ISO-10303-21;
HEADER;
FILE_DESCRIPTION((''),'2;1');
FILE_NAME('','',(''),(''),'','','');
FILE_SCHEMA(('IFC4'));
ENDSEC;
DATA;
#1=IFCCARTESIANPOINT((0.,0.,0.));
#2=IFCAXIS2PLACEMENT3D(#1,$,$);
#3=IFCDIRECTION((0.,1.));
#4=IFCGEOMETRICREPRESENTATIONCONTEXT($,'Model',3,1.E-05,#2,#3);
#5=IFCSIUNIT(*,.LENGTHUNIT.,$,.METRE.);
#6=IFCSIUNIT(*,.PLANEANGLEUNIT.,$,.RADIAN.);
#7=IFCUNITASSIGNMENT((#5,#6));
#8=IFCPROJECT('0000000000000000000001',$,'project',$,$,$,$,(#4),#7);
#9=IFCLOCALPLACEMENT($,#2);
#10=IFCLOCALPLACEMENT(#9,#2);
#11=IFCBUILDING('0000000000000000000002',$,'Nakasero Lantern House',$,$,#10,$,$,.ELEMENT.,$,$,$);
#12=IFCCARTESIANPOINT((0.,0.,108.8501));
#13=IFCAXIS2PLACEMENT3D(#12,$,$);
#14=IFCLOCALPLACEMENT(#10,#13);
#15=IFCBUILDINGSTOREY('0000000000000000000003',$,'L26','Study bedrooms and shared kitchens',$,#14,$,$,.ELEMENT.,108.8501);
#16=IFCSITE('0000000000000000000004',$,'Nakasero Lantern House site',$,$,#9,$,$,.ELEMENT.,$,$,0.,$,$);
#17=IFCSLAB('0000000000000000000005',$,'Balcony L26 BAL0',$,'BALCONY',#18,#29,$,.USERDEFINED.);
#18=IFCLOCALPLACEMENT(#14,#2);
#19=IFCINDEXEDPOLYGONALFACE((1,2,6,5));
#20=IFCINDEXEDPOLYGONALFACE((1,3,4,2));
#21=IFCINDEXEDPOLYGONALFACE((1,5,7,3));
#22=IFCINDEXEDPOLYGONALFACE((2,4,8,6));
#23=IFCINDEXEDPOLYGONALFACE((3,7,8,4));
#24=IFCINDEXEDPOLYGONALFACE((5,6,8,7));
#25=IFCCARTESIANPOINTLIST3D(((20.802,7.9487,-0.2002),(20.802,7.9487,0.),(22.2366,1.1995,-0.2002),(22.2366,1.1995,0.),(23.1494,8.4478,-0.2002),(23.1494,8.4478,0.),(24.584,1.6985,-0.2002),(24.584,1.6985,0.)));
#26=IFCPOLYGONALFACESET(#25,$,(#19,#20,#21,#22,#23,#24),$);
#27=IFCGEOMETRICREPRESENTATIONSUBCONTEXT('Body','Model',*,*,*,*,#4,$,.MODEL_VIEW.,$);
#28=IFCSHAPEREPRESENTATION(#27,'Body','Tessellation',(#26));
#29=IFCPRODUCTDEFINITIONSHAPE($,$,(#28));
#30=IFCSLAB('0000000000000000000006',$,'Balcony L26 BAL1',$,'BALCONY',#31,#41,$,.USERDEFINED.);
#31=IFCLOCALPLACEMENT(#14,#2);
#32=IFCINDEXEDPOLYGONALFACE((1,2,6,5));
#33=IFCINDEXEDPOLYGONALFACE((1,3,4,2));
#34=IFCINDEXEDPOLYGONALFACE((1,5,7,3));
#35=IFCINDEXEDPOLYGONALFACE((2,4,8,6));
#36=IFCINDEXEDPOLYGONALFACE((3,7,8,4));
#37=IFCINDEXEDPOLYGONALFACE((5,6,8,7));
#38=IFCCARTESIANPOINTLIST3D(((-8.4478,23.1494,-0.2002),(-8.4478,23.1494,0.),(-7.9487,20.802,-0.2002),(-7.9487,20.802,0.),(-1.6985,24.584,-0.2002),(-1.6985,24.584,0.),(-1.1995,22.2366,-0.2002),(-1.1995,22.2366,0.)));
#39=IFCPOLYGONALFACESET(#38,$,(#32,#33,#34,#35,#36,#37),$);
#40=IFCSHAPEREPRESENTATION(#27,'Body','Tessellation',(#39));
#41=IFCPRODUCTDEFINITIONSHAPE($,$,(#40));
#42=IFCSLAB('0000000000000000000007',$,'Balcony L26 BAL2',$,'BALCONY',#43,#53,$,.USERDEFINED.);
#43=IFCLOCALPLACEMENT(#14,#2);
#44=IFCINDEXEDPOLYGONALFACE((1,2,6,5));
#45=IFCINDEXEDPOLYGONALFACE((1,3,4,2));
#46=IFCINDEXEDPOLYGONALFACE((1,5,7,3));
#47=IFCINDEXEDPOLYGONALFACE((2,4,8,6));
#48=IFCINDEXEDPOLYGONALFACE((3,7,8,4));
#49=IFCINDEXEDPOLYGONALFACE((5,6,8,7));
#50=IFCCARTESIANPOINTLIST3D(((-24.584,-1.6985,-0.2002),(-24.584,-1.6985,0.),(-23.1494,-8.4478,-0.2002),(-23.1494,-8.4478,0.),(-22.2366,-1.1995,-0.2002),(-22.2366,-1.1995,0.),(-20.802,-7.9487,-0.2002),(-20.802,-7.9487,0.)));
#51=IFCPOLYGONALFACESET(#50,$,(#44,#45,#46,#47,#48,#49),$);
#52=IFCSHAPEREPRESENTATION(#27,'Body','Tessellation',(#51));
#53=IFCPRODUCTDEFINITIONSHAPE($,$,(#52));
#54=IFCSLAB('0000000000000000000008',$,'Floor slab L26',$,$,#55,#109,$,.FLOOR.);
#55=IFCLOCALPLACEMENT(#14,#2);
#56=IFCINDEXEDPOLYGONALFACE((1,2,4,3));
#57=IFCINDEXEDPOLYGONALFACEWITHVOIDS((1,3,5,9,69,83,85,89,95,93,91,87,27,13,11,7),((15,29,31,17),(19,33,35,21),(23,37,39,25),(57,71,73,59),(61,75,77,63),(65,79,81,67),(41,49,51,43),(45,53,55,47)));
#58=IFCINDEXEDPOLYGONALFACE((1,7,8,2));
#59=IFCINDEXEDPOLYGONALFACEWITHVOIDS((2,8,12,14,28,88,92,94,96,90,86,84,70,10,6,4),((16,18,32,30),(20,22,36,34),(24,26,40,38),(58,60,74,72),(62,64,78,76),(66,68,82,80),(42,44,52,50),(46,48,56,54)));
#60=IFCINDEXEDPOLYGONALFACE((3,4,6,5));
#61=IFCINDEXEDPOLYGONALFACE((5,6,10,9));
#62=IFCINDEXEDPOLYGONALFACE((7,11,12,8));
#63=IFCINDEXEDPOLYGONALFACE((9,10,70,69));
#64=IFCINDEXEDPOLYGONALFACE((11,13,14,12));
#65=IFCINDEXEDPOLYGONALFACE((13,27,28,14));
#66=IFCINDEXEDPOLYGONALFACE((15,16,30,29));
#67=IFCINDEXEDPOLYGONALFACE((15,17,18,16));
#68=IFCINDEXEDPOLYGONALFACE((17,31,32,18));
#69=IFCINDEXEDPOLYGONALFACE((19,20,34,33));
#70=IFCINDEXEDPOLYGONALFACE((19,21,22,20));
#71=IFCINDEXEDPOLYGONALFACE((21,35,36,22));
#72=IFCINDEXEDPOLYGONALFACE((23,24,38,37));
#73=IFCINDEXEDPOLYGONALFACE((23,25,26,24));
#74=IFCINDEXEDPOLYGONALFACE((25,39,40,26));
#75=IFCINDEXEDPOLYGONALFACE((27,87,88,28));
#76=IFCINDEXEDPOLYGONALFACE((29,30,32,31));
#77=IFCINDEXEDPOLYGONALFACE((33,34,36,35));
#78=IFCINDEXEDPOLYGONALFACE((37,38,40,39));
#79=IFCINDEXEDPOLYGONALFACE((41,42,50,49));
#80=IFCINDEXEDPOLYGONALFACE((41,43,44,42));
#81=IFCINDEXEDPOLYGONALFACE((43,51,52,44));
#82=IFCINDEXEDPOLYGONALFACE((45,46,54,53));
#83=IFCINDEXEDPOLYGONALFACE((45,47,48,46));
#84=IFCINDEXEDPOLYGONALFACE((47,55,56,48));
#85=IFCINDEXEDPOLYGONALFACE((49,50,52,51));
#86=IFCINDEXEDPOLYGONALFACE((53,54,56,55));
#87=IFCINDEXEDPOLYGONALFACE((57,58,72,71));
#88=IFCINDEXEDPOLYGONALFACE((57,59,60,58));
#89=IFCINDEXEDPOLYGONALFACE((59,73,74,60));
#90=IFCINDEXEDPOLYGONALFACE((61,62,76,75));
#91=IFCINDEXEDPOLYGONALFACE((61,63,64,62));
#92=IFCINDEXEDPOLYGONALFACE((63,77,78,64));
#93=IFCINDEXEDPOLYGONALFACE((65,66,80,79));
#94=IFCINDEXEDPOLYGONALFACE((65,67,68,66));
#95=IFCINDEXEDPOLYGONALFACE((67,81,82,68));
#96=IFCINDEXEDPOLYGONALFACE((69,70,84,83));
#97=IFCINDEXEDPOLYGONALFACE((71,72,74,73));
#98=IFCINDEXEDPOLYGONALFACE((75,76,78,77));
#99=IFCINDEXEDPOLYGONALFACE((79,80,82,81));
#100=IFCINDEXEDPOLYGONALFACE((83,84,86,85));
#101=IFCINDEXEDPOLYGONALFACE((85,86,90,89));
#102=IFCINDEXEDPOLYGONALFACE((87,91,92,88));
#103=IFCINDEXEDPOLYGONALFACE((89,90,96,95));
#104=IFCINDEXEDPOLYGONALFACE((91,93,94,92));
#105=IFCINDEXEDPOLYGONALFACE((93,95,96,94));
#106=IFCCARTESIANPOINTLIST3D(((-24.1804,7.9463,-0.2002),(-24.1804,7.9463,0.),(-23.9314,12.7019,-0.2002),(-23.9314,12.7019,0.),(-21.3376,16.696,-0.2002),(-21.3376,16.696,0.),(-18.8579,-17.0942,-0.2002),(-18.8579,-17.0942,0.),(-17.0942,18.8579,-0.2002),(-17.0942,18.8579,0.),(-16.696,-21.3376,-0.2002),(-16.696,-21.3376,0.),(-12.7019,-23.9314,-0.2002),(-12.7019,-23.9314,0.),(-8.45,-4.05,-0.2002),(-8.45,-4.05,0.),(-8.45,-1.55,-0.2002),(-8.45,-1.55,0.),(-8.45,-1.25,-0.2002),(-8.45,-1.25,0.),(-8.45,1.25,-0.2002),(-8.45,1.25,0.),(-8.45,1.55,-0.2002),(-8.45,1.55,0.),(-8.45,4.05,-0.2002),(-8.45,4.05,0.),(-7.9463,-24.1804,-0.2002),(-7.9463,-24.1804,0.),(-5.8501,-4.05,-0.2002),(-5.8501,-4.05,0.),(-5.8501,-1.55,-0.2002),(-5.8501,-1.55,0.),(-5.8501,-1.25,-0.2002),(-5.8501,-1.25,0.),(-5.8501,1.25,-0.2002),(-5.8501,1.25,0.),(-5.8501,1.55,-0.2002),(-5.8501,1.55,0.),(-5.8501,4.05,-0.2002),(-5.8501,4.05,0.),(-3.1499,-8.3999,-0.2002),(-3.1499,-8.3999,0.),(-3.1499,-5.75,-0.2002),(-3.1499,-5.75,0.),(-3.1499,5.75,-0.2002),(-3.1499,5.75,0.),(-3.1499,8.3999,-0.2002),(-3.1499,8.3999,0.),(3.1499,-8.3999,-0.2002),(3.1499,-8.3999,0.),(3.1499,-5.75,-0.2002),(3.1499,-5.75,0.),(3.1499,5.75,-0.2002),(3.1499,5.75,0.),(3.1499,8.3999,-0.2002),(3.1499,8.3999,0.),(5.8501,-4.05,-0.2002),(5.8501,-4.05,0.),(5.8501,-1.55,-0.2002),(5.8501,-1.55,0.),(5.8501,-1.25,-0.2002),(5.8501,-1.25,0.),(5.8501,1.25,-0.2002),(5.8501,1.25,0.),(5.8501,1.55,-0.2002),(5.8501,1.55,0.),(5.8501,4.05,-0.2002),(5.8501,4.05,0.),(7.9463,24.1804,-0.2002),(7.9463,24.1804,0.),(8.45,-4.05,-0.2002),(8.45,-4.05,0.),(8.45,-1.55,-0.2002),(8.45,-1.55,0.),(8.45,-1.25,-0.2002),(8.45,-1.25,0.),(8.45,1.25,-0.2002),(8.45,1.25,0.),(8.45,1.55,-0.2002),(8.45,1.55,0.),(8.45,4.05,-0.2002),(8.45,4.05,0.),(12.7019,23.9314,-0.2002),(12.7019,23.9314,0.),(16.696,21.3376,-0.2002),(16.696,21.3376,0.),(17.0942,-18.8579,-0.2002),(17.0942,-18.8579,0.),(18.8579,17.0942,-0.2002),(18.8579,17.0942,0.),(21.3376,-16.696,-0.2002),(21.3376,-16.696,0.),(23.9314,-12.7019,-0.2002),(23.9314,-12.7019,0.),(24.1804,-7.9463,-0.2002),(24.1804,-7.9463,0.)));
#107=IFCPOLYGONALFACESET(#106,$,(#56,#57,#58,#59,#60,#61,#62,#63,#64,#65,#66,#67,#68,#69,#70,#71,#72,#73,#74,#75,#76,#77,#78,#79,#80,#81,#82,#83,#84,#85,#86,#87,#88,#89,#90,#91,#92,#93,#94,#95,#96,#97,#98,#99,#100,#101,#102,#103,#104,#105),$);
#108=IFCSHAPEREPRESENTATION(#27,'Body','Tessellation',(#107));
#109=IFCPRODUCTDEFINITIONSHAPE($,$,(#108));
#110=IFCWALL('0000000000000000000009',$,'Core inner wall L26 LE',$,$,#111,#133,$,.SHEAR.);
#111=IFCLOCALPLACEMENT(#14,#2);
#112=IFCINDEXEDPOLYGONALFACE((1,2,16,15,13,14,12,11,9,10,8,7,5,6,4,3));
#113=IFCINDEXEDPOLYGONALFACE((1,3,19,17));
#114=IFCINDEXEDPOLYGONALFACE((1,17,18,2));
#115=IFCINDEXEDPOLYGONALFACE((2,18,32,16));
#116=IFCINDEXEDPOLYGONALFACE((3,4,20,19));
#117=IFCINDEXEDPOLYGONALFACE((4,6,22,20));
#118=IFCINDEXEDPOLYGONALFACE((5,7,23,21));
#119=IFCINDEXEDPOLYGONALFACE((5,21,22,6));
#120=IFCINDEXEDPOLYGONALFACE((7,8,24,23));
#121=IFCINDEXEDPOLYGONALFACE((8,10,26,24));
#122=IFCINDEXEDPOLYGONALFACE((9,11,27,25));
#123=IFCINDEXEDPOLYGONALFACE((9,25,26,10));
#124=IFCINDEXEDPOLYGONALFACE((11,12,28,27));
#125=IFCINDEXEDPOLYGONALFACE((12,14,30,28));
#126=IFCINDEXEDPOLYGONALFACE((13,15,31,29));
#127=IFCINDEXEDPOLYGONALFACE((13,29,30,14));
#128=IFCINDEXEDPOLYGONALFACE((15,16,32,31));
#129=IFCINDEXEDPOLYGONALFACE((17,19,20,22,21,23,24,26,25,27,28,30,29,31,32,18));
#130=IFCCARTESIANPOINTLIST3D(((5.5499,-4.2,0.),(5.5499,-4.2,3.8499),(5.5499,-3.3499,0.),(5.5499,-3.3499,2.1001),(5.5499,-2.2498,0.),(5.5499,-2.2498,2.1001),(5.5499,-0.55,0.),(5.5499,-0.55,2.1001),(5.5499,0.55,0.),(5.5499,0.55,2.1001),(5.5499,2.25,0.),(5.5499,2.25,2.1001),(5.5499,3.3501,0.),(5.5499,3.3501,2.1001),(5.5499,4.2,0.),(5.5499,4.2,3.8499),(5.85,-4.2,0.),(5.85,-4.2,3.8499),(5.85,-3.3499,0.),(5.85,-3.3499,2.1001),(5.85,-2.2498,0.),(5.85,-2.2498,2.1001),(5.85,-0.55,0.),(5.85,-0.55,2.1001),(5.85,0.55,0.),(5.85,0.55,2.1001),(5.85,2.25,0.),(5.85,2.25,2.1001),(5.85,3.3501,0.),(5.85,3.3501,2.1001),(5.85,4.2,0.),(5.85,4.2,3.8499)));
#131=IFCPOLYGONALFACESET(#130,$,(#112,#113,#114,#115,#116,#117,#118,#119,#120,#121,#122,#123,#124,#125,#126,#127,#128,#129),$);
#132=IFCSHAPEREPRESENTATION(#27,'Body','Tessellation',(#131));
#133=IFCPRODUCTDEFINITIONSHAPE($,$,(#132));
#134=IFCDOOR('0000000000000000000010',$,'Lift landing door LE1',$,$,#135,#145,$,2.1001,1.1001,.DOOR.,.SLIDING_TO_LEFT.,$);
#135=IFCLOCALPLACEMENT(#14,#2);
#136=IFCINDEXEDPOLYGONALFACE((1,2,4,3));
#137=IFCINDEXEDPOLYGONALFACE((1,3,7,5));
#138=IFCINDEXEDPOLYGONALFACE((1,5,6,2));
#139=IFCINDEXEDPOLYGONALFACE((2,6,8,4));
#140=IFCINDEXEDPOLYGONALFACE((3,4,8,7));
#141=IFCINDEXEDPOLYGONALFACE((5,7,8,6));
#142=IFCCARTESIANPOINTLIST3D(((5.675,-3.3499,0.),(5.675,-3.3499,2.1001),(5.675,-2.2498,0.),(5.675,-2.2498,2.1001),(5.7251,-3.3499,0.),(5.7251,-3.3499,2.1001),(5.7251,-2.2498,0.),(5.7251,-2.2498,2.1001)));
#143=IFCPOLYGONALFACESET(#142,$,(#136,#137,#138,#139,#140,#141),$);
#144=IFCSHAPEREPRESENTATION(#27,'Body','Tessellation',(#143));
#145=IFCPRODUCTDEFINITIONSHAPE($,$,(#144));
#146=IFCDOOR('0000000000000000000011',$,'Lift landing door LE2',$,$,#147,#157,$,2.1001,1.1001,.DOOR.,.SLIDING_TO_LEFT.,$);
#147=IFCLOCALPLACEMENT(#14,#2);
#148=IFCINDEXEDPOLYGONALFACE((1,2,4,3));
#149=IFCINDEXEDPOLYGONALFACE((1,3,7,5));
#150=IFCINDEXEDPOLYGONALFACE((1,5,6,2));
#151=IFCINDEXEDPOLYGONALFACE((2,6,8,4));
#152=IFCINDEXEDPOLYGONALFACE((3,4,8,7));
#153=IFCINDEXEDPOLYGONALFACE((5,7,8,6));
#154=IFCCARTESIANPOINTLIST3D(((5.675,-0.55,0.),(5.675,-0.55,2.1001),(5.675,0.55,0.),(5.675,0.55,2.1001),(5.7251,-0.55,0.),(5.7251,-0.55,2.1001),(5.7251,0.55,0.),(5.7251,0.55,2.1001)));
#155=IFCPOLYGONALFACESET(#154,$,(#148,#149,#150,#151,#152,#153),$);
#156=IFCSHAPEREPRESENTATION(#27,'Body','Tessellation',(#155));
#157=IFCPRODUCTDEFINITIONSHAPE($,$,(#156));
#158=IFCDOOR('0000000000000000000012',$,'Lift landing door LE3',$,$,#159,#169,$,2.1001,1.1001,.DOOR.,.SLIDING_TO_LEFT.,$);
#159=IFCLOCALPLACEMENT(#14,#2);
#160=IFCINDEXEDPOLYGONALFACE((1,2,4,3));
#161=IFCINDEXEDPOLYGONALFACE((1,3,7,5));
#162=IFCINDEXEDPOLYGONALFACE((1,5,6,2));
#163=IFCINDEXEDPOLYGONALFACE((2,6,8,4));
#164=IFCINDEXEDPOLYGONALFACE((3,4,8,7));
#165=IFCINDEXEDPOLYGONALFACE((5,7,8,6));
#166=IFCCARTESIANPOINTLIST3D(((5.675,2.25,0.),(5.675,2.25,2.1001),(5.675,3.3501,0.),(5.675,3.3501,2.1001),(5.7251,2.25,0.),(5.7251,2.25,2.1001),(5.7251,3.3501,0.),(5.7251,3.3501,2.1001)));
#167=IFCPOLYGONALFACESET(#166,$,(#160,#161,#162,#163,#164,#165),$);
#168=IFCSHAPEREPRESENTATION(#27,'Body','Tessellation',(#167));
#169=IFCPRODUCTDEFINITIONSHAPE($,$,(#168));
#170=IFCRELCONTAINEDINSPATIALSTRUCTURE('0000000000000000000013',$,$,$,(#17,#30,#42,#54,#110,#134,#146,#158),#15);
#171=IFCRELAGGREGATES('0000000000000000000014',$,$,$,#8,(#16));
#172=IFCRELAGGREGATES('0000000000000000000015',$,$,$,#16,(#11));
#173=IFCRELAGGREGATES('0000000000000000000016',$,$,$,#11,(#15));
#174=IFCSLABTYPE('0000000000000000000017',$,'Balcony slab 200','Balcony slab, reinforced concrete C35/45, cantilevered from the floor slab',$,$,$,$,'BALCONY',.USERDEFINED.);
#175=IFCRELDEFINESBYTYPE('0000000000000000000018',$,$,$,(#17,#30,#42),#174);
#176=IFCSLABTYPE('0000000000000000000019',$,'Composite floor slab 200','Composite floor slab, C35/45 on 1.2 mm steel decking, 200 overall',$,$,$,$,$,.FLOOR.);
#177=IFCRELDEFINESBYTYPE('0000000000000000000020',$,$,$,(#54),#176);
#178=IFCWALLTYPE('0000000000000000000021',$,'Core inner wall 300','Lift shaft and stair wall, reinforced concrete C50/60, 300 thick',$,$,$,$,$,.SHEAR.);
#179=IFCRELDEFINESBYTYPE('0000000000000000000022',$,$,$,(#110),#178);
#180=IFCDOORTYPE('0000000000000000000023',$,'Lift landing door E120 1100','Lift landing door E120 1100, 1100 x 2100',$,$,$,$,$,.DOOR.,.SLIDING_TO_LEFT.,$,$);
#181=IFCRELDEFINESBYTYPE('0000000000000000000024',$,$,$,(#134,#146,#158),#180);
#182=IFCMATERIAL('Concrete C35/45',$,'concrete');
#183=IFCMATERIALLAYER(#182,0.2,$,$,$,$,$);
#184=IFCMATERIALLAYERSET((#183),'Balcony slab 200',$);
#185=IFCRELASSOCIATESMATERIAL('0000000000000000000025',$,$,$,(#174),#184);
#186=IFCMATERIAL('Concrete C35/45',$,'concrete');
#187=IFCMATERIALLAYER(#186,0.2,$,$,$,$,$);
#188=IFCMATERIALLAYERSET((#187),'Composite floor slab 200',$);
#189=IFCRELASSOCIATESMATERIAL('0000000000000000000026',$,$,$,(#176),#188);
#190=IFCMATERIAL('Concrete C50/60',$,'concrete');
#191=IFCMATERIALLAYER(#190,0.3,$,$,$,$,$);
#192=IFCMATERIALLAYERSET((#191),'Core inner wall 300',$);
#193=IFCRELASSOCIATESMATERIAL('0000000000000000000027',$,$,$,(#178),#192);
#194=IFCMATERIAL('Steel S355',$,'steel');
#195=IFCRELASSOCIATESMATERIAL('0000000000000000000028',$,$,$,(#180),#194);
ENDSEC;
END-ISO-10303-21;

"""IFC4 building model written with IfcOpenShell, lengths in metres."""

from ifc_helpers import new_model, si_unit, direction, frame, frame_2d, origin, place, context, subcontext, project, spatial, polyline, rectangle, outline, extrude, material, layer, layer_set, type_object, element, fill, save


model = new_model("IFC4")

# Units and contexts
model_context = context("Model", 3, precision=1e-05, world=origin(), true_north=direction((0.0, 1.0)))
body_context = subcontext(model_context, "Body", "Model", "MODEL_VIEW")
ifc_project = project(units=[si_unit("LENGTHUNIT", "METRE"), si_unit("PLANEANGLEUNIT", "RADIAN")], contexts=[model_context])

# Site, building, storey
site_placement = place(None, origin())
site = spatial("IfcSite", under=ifc_project, at=site_placement, Name="Nakasero Lantern House site", CompositionType="ELEMENT", RefElevation=0.0)
building_placement = place(site_placement, origin())
building = spatial("IfcBuilding", under=site, at=building_placement, Name="Nakasero Lantern House", CompositionType="ELEMENT")
storey_placement = place(building_placement, frame((0.0, 0.0, 108.8501)))
storey = spatial("IfcBuildingStorey", under=building, at=storey_placement, Name="L26", Description="Study bedrooms and shared kitchens", CompositionType="ELEMENT", Elevation=108.8501)

# Slabs
ifc_material_1 = material(Name="Concrete C35/45", Category="concrete")
ifc_layer_1 = layer(ifc_material_1, 0.2)
ifc_layer_set_1 = layer_set([ifc_layer_1], Name="Balcony slab 200")
slab_type_1 = type_object("IfcSlabType", Name="Balcony slab 200", Description="Balcony slab, reinforced concrete C35/45, cantilevered from the floor slab", ElementType="BALCONY", PredefinedType="USERDEFINED", material=ifc_layer_set_1)
slab_1_placement = place(storey_placement, frame((0.0, 0.0, -0.2002)))
element("IfcSlab", 1, at=slab_1_placement, inside=storey, type_object=slab_type_1, Name="Balcony L26 BAL0", ObjectType="BALCONY", PredefinedType="USERDEFINED", context=body_context, shape_type="SweptSolid", body=[
    extrude(outline(polyline([(22.2366, 1.1995), (24.584, 1.6985), (23.1494, 8.4478), (20.802, 7.9487), (22.2366, 1.1995)])), origin(), (0.0, 0.0, 1.0), 0.2002),
])
slab_2_placement = place(storey_placement, frame((0.0, 0.0, -0.2002)))
element("IfcSlab", 2, at=slab_2_placement, inside=storey, type_object=slab_type_1, Name="Balcony L26 BAL1", ObjectType="BALCONY", PredefinedType="USERDEFINED", context=body_context, shape_type="SweptSolid", body=[
    extrude(outline(polyline([(-1.1995, 22.2366), (-1.6985, 24.584), (-8.4478, 23.1494), (-7.9487, 20.802), (-1.1995, 22.2366)])), origin(), (0.0, 0.0, 1.0), 0.2002),
])
slab_3_placement = place(storey_placement, frame((0.0, 0.0, -0.2002)))
element("IfcSlab", 3, at=slab_3_placement, inside=storey, type_object=slab_type_1, Name="Balcony L26 BAL2", ObjectType="BALCONY", PredefinedType="USERDEFINED", context=body_context, shape_type="SweptSolid", body=[
    extrude(outline(polyline([(-22.2366, -1.1995), (-24.584, -1.6985), (-23.1494, -8.4478), (-20.802, -7.9487), (-22.2366, -1.1995)])), origin(), (0.0, 0.0, 1.0), 0.2002),
])
ifc_material_2 = material(Name="Concrete C35/45", Category="concrete")
ifc_layer_2 = layer(ifc_material_2, 0.2)
ifc_layer_set_2 = layer_set([ifc_layer_2], Name="Composite floor slab 200")
slab_type_2 = type_object("IfcSlabType", Name="Composite floor slab 200", Description="Composite floor slab, C35/45 on 1.2 mm steel decking, 200 overall", PredefinedType="FLOOR", material=ifc_layer_set_2)
slab_4_placement = place(storey_placement, frame((0.0, 0.0, -0.2002)))
element("IfcSlab", 4, at=slab_4_placement, inside=storey, type_object=slab_type_2, Name="Floor slab L26", PredefinedType="FLOOR", context=body_context, shape_type="SweptSolid", body=[
    extrude(outline(polyline([(18.8579, 17.0942), (16.696, 21.3376), (12.7019, 23.9314), (7.9463, 24.1804), (-17.0942, 18.8579), (-21.3376, 16.696), (-23.9314, 12.7019), (-24.1804, 7.9463), (-18.8579, -17.0942), (-16.696, -21.3376), (-12.7019, -23.9314), (-7.9463, -24.1804), (17.0942, -18.8579), (21.3376, -16.696), (23.9314, -12.7019), (24.1804, -7.9463), (18.8579, 17.0942)]), holes=[polyline([(-8.45, -4.05), (-5.8501, -4.05), (-5.8501, -1.55), (-8.45, -1.55), (-8.45, -4.05)]), polyline([(-8.45, -1.25), (-5.8501, -1.25), (-5.8501, 1.25), (-8.45, 1.25), (-8.45, -1.25)]), polyline([(-8.45, 1.55), (-5.8501, 1.55), (-5.8501, 4.05), (-8.45, 4.05), (-8.45, 1.55)]), polyline([(5.8501, -4.05), (8.45, -4.05), (8.45, -1.55), (5.8501, -1.55), (5.8501, -4.05)]), polyline([(5.8501, -1.25), (8.45, -1.25), (8.45, 1.25), (5.8501, 1.25), (5.8501, -1.25)]), polyline([(5.8501, 1.55), (8.45, 1.55), (8.45, 4.05), (5.8501, 4.05), (5.8501, 1.55)]), polyline([(-3.1499, 5.75), (3.1499, 5.75), (3.1499, 8.3999), (-3.1499, 8.3999), (-3.1499, 5.75)]), polyline([(-3.1499, -8.3999), (3.1499, -8.3999), (3.1499, -5.75), (-3.1499, -5.75), (-3.1499, -8.3999)])]), origin(), (0.0, 0.0, 1.0), 0.2002),
])

# Wall, openings, doors
ifc_material_3 = material(Name="Concrete C50/60", Category="concrete")
ifc_layer_3 = layer(ifc_material_3, 0.3)
ifc_layer_set_3 = layer_set([ifc_layer_3], Name="Core inner wall 300")
wall_type_1 = type_object("IfcWallType", Name="Core inner wall 300", Description="Lift shaft and stair wall, reinforced concrete C50/60, 300 thick", PredefinedType="SHEAR", material=ifc_layer_set_3)
wall_1_placement = place(storey_placement, frame((5.7, -4.2, 0.0), z_axis=(0.0, 0.0, 1.0), x_axis=(0.0, 1.0, 0.0)))
wall_1 = element("IfcWall", 5, at=wall_1_placement, inside=storey, type_object=wall_type_1, Name="Core inner wall L26 LE", PredefinedType="SHEAR", context=body_context, shape_type="SweptSolid", body=[
    extrude(rectangle(XDim=8.3999, YDim=0.3, at=frame_2d((4.2, 0.0))), origin(), (0.0, 0.0, 1.0), 3.8499),
])
opening_1_placement = place(wall_1_placement, frame((0.8501, 0.0, 0.0)))
opening_1 = element("IfcOpeningElement", 6, at=opening_1_placement, cuts=wall_1, PredefinedType="OPENING", context=body_context, shape_type="SweptSolid", body=[
    extrude(rectangle(XDim=1.1001, YDim=2.1001, at=frame_2d((0.55, 1.05))), frame((0.0, 0.1699, 0.0), z_axis=(0.0, -1.0, 0.0), x_axis=(1.0, 0.0, 0.0)), (0.0, 0.0, 1.0), 0.3401),
])
opening_2_placement = place(wall_1_placement, frame((3.6499, 0.0, 0.0)))
opening_2 = element("IfcOpeningElement", 7, at=opening_2_placement, cuts=wall_1, PredefinedType="OPENING", context=body_context, shape_type="SweptSolid", body=[
    extrude(rectangle(XDim=1.1001, YDim=2.1001, at=frame_2d((0.55, 1.05))), frame((0.0, 0.1699, 0.0), z_axis=(0.0, -1.0, 0.0), x_axis=(1.0, 0.0, 0.0)), (0.0, 0.0, 1.0), 0.3401),
])
opening_3_placement = place(wall_1_placement, frame((6.45, 0.0, 0.0)))
opening_3 = element("IfcOpeningElement", 8, at=opening_3_placement, cuts=wall_1, PredefinedType="OPENING", context=body_context, shape_type="SweptSolid", body=[
    extrude(rectangle(XDim=1.1001, YDim=2.1001, at=frame_2d((0.55, 1.05))), frame((0.0, 0.1699, 0.0), z_axis=(0.0, -1.0, 0.0), x_axis=(1.0, 0.0, 0.0)), (0.0, 0.0, 1.0), 0.3401),
])
ifc_material_4 = material(Name="Steel S355", Category="steel")
door_type_1 = type_object("IfcDoorType", Name="Lift landing door E120 1100", Description="Lift landing door E120 1100, 1100 x 2100", OperationType="SLIDING_TO_LEFT", PredefinedType="DOOR", material=ifc_material_4)
door_1_placement = place(opening_1_placement, origin())
door_1 = element("IfcDoor", 9, at=door_1_placement, inside=storey, type_object=door_type_1, Name="Lift landing door LE1", OperationType="SLIDING_TO_LEFT", OverallHeight=2.1001, OverallWidth=1.1001, PredefinedType="DOOR", context=body_context, shape_type="SweptSolid", body=[
    extrude(rectangle(XDim=1.1001, YDim=2.1001, at=frame_2d((0.55, 1.05))), frame((0.0, 0.0249, 0.0), z_axis=(0.0, -1.0, 0.0), x_axis=(1.0, 0.0, 0.0)), (0.0, 0.0, 1.0), 0.05),
])
fill(opening_1, door_1)
door_2_placement = place(opening_2_placement, origin())
door_2 = element("IfcDoor", 10, at=door_2_placement, inside=storey, type_object=door_type_1, Name="Lift landing door LE2", OperationType="SLIDING_TO_LEFT", OverallHeight=2.1001, OverallWidth=1.1001, PredefinedType="DOOR", context=body_context, shape_type="SweptSolid", body=[
    extrude(rectangle(XDim=1.1001, YDim=2.1001, at=frame_2d((0.55, 1.05))), frame((0.0, 0.0249, 0.0), z_axis=(0.0, -1.0, 0.0), x_axis=(1.0, 0.0, 0.0)), (0.0, 0.0, 1.0), 0.05),
])
fill(opening_2, door_2)
door_3_placement = place(opening_3_placement, origin())
door_3 = element("IfcDoor", 11, at=door_3_placement, inside=storey, type_object=door_type_1, Name="Lift landing door LE3", OperationType="SLIDING_TO_LEFT", OverallHeight=2.1001, OverallWidth=1.1001, PredefinedType="DOOR", context=body_context, shape_type="SweptSolid", body=[
    extrude(rectangle(XDim=1.1001, YDim=2.1001, at=frame_2d((0.55, 1.05))), frame((0.0, 0.0249, 0.0), z_axis=(0.0, -1.0, 0.0), x_axis=(1.0, 0.0, 0.0)), (0.0, 0.0, 1.0), 0.05),
])
fill(opening_3, door_3)

save(model, "model.ifc")
